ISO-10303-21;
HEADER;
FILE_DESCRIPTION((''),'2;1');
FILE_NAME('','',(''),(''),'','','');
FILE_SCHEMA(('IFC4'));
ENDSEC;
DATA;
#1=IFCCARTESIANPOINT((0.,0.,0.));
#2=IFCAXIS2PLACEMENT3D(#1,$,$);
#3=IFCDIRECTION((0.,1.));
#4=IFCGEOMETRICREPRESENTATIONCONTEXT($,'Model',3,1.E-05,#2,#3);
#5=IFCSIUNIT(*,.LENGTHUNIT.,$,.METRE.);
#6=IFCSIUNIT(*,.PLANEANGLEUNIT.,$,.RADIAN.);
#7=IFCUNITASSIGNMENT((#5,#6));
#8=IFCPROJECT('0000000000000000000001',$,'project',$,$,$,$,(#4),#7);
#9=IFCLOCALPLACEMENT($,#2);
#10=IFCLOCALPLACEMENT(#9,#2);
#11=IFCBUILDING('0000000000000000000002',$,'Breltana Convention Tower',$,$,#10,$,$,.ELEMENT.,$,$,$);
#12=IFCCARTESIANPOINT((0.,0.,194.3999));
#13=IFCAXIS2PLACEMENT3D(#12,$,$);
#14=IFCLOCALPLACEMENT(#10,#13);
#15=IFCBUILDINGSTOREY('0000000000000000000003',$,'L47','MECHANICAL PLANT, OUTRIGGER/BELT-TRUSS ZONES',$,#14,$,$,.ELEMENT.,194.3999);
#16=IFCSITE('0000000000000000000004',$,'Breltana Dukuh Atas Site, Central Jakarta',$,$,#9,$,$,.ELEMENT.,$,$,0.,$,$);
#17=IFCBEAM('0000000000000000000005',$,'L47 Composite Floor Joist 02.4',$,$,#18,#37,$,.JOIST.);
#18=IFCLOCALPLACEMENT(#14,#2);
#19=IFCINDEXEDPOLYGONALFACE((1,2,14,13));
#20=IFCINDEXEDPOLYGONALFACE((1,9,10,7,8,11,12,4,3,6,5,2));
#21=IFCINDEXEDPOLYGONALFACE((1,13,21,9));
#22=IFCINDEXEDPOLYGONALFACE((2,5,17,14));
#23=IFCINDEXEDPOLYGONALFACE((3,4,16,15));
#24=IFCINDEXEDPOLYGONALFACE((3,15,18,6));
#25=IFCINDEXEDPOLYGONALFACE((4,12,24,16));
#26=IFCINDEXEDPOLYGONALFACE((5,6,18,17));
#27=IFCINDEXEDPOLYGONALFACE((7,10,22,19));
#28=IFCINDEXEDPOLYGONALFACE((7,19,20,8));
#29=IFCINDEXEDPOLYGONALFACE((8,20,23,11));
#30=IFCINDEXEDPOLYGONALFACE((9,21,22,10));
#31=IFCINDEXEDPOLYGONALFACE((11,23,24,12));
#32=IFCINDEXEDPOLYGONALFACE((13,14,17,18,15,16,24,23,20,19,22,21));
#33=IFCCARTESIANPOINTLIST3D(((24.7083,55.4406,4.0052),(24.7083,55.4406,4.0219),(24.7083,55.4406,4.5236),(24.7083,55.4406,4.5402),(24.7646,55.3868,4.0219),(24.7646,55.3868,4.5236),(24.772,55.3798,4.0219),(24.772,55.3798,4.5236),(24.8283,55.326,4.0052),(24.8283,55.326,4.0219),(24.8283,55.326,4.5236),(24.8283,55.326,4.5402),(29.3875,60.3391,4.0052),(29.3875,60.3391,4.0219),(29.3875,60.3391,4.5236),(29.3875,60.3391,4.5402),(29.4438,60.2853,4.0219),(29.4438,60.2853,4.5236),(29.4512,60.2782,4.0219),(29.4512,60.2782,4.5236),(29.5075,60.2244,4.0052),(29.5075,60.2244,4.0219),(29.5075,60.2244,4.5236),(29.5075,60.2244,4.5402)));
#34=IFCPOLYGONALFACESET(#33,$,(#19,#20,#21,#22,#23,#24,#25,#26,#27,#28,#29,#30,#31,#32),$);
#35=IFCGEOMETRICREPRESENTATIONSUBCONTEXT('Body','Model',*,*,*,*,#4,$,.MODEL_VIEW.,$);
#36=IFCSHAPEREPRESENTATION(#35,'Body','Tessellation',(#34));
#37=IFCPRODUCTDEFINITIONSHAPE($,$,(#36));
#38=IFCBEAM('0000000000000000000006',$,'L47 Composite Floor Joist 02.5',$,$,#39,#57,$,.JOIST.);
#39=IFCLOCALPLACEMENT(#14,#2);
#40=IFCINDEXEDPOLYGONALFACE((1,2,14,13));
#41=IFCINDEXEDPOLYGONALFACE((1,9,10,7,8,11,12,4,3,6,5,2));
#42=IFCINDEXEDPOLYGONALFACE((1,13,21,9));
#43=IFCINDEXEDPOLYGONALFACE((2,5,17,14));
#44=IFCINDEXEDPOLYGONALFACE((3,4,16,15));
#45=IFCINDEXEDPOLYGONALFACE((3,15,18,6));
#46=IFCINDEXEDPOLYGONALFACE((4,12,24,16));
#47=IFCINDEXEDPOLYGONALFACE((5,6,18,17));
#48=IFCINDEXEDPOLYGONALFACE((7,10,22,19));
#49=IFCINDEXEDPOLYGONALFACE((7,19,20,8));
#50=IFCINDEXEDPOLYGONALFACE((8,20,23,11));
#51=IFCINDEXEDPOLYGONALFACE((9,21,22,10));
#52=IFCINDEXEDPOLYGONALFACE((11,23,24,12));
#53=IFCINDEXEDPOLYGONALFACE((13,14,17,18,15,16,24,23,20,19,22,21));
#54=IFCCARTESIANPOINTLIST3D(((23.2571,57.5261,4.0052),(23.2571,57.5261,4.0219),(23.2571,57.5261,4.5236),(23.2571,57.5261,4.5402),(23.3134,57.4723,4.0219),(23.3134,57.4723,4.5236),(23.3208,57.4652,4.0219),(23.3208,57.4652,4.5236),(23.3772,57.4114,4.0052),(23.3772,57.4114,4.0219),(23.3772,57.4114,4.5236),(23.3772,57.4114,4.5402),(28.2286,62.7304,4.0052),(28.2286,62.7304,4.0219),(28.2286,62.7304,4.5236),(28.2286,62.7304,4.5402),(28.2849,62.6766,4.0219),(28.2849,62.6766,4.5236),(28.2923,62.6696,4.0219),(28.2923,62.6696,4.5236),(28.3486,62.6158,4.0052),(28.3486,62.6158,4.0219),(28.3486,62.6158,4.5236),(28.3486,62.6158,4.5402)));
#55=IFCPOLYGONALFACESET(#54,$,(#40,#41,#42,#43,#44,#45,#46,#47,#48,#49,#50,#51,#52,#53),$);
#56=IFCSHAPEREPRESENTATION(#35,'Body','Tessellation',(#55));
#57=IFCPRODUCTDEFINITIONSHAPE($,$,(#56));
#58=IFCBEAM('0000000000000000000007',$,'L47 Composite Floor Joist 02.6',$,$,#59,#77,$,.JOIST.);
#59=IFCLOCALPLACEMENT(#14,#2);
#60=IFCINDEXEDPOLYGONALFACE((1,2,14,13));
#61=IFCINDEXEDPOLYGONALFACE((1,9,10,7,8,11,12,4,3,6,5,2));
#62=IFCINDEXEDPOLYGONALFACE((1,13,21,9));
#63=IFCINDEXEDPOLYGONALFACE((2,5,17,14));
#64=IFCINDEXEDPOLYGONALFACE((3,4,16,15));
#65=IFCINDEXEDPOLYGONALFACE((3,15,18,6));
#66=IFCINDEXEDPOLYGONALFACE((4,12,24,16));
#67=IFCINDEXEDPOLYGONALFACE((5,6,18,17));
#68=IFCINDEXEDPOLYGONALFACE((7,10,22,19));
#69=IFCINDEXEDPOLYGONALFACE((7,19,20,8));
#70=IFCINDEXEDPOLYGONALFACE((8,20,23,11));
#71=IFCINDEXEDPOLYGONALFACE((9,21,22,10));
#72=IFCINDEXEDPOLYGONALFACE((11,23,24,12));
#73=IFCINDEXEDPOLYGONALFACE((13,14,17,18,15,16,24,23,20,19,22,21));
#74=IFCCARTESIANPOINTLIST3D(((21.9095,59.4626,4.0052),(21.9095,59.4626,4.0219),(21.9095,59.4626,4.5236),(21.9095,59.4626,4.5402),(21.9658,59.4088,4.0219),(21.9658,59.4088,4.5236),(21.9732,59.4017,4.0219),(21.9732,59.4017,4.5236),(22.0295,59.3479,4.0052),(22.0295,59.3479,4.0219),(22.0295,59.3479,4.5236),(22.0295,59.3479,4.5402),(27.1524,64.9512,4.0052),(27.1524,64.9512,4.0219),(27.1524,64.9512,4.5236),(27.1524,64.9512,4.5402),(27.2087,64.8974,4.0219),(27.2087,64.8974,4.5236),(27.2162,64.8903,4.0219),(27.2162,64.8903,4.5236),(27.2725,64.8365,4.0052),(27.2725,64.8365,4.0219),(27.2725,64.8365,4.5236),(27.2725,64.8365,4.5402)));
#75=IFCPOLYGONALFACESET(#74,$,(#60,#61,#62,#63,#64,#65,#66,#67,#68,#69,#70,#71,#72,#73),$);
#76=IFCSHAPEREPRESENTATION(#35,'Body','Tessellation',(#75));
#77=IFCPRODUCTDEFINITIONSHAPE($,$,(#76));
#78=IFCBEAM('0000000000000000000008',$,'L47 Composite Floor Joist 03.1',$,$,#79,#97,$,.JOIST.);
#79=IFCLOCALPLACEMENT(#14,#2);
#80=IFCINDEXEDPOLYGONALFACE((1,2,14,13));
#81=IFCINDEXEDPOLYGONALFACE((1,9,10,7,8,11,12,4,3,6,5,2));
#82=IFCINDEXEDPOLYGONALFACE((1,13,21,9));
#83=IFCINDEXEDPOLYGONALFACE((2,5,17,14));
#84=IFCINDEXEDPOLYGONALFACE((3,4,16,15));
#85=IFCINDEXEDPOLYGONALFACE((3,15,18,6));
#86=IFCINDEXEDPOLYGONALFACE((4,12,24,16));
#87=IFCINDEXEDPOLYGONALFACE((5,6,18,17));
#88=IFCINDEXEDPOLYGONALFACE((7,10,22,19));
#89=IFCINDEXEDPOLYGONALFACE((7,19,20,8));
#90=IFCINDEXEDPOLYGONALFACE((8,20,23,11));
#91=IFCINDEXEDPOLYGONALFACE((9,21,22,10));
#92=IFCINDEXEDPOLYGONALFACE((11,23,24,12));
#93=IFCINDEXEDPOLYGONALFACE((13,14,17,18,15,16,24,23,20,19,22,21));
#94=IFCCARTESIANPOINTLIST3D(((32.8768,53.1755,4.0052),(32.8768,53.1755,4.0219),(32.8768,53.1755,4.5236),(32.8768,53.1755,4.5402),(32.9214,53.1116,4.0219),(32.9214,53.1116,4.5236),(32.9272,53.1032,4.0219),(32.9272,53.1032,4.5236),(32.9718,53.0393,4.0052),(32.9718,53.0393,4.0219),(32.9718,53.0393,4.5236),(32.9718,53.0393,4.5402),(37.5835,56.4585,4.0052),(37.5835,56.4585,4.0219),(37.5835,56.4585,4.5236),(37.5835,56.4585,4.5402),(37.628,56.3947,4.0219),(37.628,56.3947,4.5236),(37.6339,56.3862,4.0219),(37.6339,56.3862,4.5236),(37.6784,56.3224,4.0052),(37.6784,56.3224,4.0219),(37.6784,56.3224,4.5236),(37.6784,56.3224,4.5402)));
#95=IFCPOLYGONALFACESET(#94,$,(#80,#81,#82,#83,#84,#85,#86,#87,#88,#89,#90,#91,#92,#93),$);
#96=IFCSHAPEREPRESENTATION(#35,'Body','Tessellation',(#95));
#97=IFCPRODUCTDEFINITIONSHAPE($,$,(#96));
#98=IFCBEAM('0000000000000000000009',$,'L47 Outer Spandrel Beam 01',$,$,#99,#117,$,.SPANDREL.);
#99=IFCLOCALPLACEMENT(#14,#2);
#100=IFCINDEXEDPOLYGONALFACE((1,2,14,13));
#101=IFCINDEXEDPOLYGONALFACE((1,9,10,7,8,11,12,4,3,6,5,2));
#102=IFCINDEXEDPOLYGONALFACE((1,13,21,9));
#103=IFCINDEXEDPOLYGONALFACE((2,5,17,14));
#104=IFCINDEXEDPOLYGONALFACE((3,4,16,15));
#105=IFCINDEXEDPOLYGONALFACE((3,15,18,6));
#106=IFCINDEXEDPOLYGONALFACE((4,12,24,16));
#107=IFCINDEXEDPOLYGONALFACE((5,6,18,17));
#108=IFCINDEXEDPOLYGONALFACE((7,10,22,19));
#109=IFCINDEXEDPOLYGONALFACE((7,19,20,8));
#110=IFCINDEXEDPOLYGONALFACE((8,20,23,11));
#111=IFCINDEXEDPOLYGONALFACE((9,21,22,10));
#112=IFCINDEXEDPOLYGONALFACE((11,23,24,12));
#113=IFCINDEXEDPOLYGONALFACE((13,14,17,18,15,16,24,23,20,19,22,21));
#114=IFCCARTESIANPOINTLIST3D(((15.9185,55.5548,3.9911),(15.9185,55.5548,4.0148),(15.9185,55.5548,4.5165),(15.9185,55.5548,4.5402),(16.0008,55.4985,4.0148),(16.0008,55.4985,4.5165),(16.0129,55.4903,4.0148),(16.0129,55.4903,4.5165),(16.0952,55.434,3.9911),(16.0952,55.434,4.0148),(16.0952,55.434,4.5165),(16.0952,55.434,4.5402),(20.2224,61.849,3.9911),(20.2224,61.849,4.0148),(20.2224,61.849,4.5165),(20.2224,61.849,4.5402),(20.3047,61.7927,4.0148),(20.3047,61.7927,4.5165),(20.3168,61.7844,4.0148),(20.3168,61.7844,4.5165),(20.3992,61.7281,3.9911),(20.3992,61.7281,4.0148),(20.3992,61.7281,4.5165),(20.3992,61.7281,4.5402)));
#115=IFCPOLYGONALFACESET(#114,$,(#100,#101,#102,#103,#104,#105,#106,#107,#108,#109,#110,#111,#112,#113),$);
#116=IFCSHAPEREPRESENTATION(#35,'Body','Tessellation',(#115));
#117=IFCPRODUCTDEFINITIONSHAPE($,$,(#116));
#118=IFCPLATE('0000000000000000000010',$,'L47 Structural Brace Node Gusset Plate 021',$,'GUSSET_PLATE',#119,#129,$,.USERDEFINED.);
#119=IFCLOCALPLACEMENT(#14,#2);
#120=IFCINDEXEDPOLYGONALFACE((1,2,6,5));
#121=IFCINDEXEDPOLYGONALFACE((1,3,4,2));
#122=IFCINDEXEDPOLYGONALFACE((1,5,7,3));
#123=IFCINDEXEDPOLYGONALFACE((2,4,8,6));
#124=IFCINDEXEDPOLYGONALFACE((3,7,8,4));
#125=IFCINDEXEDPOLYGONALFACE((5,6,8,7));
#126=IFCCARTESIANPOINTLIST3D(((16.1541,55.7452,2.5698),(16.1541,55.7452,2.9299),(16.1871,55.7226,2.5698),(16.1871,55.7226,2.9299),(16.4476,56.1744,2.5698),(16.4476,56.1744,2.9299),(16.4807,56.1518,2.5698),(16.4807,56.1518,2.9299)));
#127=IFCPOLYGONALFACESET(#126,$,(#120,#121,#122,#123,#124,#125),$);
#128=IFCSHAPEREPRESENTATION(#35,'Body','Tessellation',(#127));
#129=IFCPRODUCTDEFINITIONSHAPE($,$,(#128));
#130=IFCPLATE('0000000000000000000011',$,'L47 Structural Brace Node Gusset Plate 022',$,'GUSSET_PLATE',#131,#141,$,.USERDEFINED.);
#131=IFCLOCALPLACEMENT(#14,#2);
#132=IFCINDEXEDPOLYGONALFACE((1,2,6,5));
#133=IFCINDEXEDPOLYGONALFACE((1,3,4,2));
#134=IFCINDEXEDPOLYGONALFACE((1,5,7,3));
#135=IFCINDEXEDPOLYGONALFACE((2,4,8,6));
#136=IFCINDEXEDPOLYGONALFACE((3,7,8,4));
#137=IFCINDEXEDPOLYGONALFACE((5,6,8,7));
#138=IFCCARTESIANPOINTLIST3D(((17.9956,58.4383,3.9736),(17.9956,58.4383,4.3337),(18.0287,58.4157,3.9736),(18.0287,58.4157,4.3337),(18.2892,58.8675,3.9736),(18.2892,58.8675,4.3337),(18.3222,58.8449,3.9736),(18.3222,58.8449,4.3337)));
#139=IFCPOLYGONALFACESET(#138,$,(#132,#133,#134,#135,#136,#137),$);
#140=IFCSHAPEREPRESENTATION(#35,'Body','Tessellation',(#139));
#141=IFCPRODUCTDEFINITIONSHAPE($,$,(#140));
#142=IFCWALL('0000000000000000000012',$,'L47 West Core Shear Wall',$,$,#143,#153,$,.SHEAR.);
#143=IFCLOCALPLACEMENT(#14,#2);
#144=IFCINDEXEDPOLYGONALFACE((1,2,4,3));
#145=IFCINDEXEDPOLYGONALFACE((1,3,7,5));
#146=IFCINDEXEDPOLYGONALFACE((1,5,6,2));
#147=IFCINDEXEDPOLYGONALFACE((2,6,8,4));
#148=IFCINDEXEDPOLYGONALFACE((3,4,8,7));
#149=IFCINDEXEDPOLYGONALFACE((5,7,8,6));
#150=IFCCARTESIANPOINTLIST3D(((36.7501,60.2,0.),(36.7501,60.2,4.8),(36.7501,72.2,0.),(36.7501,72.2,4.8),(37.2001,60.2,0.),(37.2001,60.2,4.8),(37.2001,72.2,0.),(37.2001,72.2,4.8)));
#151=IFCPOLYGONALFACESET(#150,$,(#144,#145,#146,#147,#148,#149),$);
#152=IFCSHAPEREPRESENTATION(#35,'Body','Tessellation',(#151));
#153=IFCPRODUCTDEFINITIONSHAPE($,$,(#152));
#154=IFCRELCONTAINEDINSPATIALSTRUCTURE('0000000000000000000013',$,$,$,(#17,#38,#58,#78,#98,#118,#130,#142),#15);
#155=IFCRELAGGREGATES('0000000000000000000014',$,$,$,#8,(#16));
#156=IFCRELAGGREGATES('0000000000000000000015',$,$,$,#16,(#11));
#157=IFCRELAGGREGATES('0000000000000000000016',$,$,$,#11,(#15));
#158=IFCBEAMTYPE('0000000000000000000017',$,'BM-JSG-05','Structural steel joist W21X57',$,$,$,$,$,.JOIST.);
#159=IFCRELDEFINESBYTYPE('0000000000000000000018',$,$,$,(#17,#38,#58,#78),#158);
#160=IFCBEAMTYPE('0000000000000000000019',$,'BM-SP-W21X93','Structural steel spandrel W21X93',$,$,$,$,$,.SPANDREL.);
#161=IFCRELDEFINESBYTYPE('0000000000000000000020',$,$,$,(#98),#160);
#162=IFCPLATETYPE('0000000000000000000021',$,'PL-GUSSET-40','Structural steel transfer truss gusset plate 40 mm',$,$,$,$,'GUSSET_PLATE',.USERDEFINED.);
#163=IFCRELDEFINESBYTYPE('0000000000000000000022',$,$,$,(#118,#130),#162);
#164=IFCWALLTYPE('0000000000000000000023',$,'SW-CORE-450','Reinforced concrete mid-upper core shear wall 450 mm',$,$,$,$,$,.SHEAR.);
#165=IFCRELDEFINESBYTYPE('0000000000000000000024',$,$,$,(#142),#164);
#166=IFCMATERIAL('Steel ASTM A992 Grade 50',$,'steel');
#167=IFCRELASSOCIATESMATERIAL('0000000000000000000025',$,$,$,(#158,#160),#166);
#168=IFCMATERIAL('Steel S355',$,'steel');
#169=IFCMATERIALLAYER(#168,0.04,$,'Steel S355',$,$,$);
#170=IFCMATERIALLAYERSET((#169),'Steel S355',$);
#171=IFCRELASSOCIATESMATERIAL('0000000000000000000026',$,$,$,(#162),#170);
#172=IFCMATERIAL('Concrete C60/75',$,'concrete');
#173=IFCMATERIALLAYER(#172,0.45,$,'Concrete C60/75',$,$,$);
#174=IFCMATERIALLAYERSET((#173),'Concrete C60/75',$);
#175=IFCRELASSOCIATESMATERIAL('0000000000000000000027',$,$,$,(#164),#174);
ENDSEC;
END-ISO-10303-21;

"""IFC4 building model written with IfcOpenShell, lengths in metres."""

from ifc_helpers import new_model, si_unit, direction, frame, frame_2d, origin, origin_2d, place, context, subcontext, project, spatial, rectangle, i_section, extrude, source, transform, mapped, material, layer, layer_set, material_profile, profile_set, type_object, type_shapes, element, save


model = new_model("IFC4")

# Units and contexts
model_context = context("Model", 3, precision=1e-05, world=origin(), true_north=direction((0.0, 1.0)))
body_context = subcontext(model_context, "Body", "Model", "MODEL_VIEW")
ifc_project = project(units=[si_unit("LENGTHUNIT", "METRE"), si_unit("PLANEANGLEUNIT", "RADIAN")], contexts=[model_context])

# Site, building, storey
site_placement = place(None, origin())
site = spatial("IfcSite", under=ifc_project, at=site_placement, Name="Breltana Dukuh Atas Site, Central Jakarta", CompositionType="ELEMENT", RefElevation=0.0)
building_placement = place(site_placement, origin())
building = spatial("IfcBuilding", under=site, at=building_placement, Name="Breltana Convention Tower", CompositionType="ELEMENT")
storey_placement = place(building_placement, frame((0.0, 0.0, 194.3999)))
storey = spatial("IfcBuildingStorey", under=building, at=storey_placement, Name="L47", Description="MECHANICAL PLANT, OUTRIGGER/BELT-TRUSS ZONES", CompositionType="ELEMENT", Elevation=194.3999)

# Shared definitions
ifc_material_1 = material(Name="Concrete C60/75", Category="concrete")

# Shared definitions
ifc_material_2 = material(Name="Steel ASTM A992 Grade 50", Category="steel")

# Beams
ifc_material_profile_1 = material_profile(ifc_material_2, i_section(OverallWidth=0.166, OverallDepth=0.5349, WebThickness=0.0103, FlangeThickness=0.0166, at=origin_2d()), Name="W21X57")
ifc_profile_set_1 = profile_set([ifc_material_profile_1], Name="Steel ASTM A992 Grade 50")
beam_type_1 = type_object("IfcBeamType", Name="BM-JSG-05", Description="Structural steel joist W21X57", PredefinedType="JOIST", material=ifc_profile_set_1)
shared_shape_1 = source(origin(), body_context, "Body", "SweptSolid", [
    extrude(i_section(OverallWidth=0.166, OverallDepth=0.5349, WebThickness=0.0103, FlangeThickness=0.0166, at=origin_2d()), origin(), (0.0, 0.0, 1.0), 6.7742),
])
beam_1_placement = place(storey_placement, frame((24.7683, 55.3833, 4.2727), z_axis=(0.69074, 0.723103, 0.0), x_axis=(-0.723103, 0.69074, 0.0)))
element("IfcBeam", 1, at=beam_1_placement, inside=storey, type_object=beam_type_1, Name="L47 Composite Floor Joist 02.4", PredefinedType="JOIST", context=body_context, shape_type="MappedRepresentation", body=[
    mapped(shared_shape_1, transform((0.0, 0.0, 0.0), scale=1.0)),
])
shared_shape_2 = source(origin(), body_context, "Body", "SweptSolid", [
    extrude(i_section(OverallWidth=0.166, OverallDepth=0.5349, WebThickness=0.0103, FlangeThickness=0.0166, at=origin_2d()), origin(), (0.0, 0.0, 1.0), 7.1973),
])
beam_2_placement = place(storey_placement, frame((23.3171, 57.4688, 4.2727), z_axis=(0.690741, 0.723102, 0.0), x_axis=(-0.723102, 0.690741, 0.0)))
element("IfcBeam", 2, at=beam_2_placement, inside=storey, type_object=beam_type_1, Name="L47 Composite Floor Joist 02.5", PredefinedType="JOIST", context=body_context, shape_type="MappedRepresentation", body=[
    mapped(shared_shape_2, transform((0.0, 0.0, 0.0), scale=1.0)),
])
shared_shape_3 = source(origin(), body_context, "Body", "SweptSolid", [
    extrude(i_section(OverallWidth=0.166, OverallDepth=0.5349, WebThickness=0.0103, FlangeThickness=0.0166, at=origin_2d()), origin(), (0.0, 0.0, 1.0), 7.5903),
])
beam_3_placement = place(storey_placement, frame((21.9695, 59.4053, 4.2727), z_axis=(0.690743, 0.723101, 0.0), x_axis=(-0.723101, 0.690743, 0.0)))
element("IfcBeam", 3, at=beam_3_placement, inside=storey, type_object=beam_type_1, Name="L47 Composite Floor Joist 02.6", PredefinedType="JOIST", context=body_context, shape_type="MappedRepresentation", body=[
    mapped(shared_shape_3, transform((0.0, 0.0, 0.0), scale=1.0)),
])
shared_shape_4 = source(origin(), body_context, "Body", "SweptSolid", [
    extrude(i_section(OverallWidth=0.166, OverallDepth=0.5349, WebThickness=0.0103, FlangeThickness=0.0166, at=origin_2d()), origin(), (0.0, 0.0, 1.0), 5.7385),
])
beam_4_placement = place(storey_placement, frame((32.9243, 53.1074, 4.2727), z_axis=(0.820182, 0.572102, 0.0), x_axis=(-0.572102, 0.820182, 0.0)))
element("IfcBeam", 4, at=beam_4_placement, inside=storey, type_object=beam_type_1, Name="L47 Composite Floor Joist 03.1", PredefinedType="JOIST", context=body_context, shape_type="MappedRepresentation", body=[
    mapped(shared_shape_4, transform((0.0, 0.0, 0.0), scale=1.0)),
])
ifc_material_profile_2 = material_profile(ifc_material_2, i_section(OverallWidth=0.2141, OverallDepth=0.5491, WebThickness=0.0146, FlangeThickness=0.0237, at=origin_2d()), Name="W21X93")
ifc_profile_set_2 = profile_set([ifc_material_profile_2], Name="Steel ASTM A992 Grade 50")
beam_type_2 = type_object("IfcBeamType", Name="BM-SP-W21X93", Description="Structural steel spandrel W21X93", PredefinedType="SPANDREL", material=ifc_profile_set_2)
shared_shape_5 = source(origin(), body_context, "Body", "SweptSolid", [
    extrude(i_section(OverallWidth=0.2141, OverallDepth=0.5491, WebThickness=0.0146, FlangeThickness=0.0237, at=origin_2d()), origin(), (0.0, 0.0, 1.0), 7.625),
])
type_shapes(beam_type_2, [shared_shape_5])
beam_5_placement = place(storey_placement, frame((16.0068, 55.4944, 4.2656), z_axis=(0.564452, 0.825466, 0.0), x_axis=(-0.825466, 0.564452, 0.0)))
element("IfcBeam", 5, at=beam_5_placement, inside=storey, type_object=beam_type_2, Name="L47 Outer Spandrel Beam 01", PredefinedType="SPANDREL", context=body_context, shape_type="MappedRepresentation", body=[
    mapped(shared_shape_5, transform((0.0, 0.0, 0.0), scale=1.0)),
])

# Plates
ifc_material_3 = material(Name="Steel S355", Category="steel")
ifc_layer_1 = layer(ifc_material_3, 0.04, Name="Steel S355")
ifc_layer_set_1 = layer_set([ifc_layer_1], Name="Steel S355")
plate_type = type_object("IfcPlateType", Name="PL-GUSSET-40", Description="Structural steel transfer truss gusset plate 40 mm", ElementType="GUSSET_PLATE", PredefinedType="USERDEFINED", material=ifc_layer_set_1)
shared_shape_6 = source(origin(), body_context, "Body", "SweptSolid", [
    extrude(rectangle(XDim=0.52, YDim=0.04, at=origin_2d()), origin(), (0.0, 0.0, 1.0), 0.3601),
])
for number, where, z_axis, x_axis, name in (
    (6, (16.3174, 55.9485, 2.5698), (0.0, 0.0, 1.0), (0.564535, 0.825409, 0.0), "L47 Structural Brace Node Gusset Plate 021"),
    (7, (18.1589, 58.6416, 3.9736), (0.0, 0.0, 1.0), (0.564535, 0.825409, 0.0), "L47 Structural Brace Node Gusset Plate 022"),
):
    element("IfcPlate", number, at=place(storey_placement, frame(where, z_axis=z_axis, x_axis=x_axis)), inside=storey, type_object=plate_type, Name=name, ObjectType="GUSSET_PLATE", PredefinedType="USERDEFINED", context=body_context, shape_type="MappedRepresentation", body=[
        mapped(shared_shape_6, transform((0.0, 0.0, 0.0), scale=1.0)),
    ])

# Wall
ifc_layer_2 = layer(ifc_material_1, 0.45, Name="Concrete C60/75")
ifc_layer_set_2 = layer_set([ifc_layer_2], Name="Concrete C60/75")
wall_type_1 = type_object("IfcWallType", Name="SW-CORE-450", Description="Reinforced concrete mid-upper core shear wall 450 mm", PredefinedType="SHEAR", material=ifc_layer_set_2)
shared_shape_7 = source(origin(), body_context, "Body", "SweptSolid", [
    extrude(rectangle(XDim=12.0, YDim=0.45, at=frame_2d((6.0, 0.0))), origin(), (0.0, 0.0, 1.0), 4.8),
])
wall_1_placement = place(storey_placement, frame((36.9751, 60.2, 0.0), z_axis=(0.0, 0.0, 1.0), x_axis=(0.0, 1.0, 0.0)))
element("IfcWall", 8, at=wall_1_placement, inside=storey, type_object=wall_type_1, Name="L47 West Core Shear Wall", PredefinedType="SHEAR", context=body_context, shape_type="MappedRepresentation", body=[
    mapped(shared_shape_7, transform((0.0, 0.0, 0.0), scale=1.0)),
])

save(model, "model.ifc")
